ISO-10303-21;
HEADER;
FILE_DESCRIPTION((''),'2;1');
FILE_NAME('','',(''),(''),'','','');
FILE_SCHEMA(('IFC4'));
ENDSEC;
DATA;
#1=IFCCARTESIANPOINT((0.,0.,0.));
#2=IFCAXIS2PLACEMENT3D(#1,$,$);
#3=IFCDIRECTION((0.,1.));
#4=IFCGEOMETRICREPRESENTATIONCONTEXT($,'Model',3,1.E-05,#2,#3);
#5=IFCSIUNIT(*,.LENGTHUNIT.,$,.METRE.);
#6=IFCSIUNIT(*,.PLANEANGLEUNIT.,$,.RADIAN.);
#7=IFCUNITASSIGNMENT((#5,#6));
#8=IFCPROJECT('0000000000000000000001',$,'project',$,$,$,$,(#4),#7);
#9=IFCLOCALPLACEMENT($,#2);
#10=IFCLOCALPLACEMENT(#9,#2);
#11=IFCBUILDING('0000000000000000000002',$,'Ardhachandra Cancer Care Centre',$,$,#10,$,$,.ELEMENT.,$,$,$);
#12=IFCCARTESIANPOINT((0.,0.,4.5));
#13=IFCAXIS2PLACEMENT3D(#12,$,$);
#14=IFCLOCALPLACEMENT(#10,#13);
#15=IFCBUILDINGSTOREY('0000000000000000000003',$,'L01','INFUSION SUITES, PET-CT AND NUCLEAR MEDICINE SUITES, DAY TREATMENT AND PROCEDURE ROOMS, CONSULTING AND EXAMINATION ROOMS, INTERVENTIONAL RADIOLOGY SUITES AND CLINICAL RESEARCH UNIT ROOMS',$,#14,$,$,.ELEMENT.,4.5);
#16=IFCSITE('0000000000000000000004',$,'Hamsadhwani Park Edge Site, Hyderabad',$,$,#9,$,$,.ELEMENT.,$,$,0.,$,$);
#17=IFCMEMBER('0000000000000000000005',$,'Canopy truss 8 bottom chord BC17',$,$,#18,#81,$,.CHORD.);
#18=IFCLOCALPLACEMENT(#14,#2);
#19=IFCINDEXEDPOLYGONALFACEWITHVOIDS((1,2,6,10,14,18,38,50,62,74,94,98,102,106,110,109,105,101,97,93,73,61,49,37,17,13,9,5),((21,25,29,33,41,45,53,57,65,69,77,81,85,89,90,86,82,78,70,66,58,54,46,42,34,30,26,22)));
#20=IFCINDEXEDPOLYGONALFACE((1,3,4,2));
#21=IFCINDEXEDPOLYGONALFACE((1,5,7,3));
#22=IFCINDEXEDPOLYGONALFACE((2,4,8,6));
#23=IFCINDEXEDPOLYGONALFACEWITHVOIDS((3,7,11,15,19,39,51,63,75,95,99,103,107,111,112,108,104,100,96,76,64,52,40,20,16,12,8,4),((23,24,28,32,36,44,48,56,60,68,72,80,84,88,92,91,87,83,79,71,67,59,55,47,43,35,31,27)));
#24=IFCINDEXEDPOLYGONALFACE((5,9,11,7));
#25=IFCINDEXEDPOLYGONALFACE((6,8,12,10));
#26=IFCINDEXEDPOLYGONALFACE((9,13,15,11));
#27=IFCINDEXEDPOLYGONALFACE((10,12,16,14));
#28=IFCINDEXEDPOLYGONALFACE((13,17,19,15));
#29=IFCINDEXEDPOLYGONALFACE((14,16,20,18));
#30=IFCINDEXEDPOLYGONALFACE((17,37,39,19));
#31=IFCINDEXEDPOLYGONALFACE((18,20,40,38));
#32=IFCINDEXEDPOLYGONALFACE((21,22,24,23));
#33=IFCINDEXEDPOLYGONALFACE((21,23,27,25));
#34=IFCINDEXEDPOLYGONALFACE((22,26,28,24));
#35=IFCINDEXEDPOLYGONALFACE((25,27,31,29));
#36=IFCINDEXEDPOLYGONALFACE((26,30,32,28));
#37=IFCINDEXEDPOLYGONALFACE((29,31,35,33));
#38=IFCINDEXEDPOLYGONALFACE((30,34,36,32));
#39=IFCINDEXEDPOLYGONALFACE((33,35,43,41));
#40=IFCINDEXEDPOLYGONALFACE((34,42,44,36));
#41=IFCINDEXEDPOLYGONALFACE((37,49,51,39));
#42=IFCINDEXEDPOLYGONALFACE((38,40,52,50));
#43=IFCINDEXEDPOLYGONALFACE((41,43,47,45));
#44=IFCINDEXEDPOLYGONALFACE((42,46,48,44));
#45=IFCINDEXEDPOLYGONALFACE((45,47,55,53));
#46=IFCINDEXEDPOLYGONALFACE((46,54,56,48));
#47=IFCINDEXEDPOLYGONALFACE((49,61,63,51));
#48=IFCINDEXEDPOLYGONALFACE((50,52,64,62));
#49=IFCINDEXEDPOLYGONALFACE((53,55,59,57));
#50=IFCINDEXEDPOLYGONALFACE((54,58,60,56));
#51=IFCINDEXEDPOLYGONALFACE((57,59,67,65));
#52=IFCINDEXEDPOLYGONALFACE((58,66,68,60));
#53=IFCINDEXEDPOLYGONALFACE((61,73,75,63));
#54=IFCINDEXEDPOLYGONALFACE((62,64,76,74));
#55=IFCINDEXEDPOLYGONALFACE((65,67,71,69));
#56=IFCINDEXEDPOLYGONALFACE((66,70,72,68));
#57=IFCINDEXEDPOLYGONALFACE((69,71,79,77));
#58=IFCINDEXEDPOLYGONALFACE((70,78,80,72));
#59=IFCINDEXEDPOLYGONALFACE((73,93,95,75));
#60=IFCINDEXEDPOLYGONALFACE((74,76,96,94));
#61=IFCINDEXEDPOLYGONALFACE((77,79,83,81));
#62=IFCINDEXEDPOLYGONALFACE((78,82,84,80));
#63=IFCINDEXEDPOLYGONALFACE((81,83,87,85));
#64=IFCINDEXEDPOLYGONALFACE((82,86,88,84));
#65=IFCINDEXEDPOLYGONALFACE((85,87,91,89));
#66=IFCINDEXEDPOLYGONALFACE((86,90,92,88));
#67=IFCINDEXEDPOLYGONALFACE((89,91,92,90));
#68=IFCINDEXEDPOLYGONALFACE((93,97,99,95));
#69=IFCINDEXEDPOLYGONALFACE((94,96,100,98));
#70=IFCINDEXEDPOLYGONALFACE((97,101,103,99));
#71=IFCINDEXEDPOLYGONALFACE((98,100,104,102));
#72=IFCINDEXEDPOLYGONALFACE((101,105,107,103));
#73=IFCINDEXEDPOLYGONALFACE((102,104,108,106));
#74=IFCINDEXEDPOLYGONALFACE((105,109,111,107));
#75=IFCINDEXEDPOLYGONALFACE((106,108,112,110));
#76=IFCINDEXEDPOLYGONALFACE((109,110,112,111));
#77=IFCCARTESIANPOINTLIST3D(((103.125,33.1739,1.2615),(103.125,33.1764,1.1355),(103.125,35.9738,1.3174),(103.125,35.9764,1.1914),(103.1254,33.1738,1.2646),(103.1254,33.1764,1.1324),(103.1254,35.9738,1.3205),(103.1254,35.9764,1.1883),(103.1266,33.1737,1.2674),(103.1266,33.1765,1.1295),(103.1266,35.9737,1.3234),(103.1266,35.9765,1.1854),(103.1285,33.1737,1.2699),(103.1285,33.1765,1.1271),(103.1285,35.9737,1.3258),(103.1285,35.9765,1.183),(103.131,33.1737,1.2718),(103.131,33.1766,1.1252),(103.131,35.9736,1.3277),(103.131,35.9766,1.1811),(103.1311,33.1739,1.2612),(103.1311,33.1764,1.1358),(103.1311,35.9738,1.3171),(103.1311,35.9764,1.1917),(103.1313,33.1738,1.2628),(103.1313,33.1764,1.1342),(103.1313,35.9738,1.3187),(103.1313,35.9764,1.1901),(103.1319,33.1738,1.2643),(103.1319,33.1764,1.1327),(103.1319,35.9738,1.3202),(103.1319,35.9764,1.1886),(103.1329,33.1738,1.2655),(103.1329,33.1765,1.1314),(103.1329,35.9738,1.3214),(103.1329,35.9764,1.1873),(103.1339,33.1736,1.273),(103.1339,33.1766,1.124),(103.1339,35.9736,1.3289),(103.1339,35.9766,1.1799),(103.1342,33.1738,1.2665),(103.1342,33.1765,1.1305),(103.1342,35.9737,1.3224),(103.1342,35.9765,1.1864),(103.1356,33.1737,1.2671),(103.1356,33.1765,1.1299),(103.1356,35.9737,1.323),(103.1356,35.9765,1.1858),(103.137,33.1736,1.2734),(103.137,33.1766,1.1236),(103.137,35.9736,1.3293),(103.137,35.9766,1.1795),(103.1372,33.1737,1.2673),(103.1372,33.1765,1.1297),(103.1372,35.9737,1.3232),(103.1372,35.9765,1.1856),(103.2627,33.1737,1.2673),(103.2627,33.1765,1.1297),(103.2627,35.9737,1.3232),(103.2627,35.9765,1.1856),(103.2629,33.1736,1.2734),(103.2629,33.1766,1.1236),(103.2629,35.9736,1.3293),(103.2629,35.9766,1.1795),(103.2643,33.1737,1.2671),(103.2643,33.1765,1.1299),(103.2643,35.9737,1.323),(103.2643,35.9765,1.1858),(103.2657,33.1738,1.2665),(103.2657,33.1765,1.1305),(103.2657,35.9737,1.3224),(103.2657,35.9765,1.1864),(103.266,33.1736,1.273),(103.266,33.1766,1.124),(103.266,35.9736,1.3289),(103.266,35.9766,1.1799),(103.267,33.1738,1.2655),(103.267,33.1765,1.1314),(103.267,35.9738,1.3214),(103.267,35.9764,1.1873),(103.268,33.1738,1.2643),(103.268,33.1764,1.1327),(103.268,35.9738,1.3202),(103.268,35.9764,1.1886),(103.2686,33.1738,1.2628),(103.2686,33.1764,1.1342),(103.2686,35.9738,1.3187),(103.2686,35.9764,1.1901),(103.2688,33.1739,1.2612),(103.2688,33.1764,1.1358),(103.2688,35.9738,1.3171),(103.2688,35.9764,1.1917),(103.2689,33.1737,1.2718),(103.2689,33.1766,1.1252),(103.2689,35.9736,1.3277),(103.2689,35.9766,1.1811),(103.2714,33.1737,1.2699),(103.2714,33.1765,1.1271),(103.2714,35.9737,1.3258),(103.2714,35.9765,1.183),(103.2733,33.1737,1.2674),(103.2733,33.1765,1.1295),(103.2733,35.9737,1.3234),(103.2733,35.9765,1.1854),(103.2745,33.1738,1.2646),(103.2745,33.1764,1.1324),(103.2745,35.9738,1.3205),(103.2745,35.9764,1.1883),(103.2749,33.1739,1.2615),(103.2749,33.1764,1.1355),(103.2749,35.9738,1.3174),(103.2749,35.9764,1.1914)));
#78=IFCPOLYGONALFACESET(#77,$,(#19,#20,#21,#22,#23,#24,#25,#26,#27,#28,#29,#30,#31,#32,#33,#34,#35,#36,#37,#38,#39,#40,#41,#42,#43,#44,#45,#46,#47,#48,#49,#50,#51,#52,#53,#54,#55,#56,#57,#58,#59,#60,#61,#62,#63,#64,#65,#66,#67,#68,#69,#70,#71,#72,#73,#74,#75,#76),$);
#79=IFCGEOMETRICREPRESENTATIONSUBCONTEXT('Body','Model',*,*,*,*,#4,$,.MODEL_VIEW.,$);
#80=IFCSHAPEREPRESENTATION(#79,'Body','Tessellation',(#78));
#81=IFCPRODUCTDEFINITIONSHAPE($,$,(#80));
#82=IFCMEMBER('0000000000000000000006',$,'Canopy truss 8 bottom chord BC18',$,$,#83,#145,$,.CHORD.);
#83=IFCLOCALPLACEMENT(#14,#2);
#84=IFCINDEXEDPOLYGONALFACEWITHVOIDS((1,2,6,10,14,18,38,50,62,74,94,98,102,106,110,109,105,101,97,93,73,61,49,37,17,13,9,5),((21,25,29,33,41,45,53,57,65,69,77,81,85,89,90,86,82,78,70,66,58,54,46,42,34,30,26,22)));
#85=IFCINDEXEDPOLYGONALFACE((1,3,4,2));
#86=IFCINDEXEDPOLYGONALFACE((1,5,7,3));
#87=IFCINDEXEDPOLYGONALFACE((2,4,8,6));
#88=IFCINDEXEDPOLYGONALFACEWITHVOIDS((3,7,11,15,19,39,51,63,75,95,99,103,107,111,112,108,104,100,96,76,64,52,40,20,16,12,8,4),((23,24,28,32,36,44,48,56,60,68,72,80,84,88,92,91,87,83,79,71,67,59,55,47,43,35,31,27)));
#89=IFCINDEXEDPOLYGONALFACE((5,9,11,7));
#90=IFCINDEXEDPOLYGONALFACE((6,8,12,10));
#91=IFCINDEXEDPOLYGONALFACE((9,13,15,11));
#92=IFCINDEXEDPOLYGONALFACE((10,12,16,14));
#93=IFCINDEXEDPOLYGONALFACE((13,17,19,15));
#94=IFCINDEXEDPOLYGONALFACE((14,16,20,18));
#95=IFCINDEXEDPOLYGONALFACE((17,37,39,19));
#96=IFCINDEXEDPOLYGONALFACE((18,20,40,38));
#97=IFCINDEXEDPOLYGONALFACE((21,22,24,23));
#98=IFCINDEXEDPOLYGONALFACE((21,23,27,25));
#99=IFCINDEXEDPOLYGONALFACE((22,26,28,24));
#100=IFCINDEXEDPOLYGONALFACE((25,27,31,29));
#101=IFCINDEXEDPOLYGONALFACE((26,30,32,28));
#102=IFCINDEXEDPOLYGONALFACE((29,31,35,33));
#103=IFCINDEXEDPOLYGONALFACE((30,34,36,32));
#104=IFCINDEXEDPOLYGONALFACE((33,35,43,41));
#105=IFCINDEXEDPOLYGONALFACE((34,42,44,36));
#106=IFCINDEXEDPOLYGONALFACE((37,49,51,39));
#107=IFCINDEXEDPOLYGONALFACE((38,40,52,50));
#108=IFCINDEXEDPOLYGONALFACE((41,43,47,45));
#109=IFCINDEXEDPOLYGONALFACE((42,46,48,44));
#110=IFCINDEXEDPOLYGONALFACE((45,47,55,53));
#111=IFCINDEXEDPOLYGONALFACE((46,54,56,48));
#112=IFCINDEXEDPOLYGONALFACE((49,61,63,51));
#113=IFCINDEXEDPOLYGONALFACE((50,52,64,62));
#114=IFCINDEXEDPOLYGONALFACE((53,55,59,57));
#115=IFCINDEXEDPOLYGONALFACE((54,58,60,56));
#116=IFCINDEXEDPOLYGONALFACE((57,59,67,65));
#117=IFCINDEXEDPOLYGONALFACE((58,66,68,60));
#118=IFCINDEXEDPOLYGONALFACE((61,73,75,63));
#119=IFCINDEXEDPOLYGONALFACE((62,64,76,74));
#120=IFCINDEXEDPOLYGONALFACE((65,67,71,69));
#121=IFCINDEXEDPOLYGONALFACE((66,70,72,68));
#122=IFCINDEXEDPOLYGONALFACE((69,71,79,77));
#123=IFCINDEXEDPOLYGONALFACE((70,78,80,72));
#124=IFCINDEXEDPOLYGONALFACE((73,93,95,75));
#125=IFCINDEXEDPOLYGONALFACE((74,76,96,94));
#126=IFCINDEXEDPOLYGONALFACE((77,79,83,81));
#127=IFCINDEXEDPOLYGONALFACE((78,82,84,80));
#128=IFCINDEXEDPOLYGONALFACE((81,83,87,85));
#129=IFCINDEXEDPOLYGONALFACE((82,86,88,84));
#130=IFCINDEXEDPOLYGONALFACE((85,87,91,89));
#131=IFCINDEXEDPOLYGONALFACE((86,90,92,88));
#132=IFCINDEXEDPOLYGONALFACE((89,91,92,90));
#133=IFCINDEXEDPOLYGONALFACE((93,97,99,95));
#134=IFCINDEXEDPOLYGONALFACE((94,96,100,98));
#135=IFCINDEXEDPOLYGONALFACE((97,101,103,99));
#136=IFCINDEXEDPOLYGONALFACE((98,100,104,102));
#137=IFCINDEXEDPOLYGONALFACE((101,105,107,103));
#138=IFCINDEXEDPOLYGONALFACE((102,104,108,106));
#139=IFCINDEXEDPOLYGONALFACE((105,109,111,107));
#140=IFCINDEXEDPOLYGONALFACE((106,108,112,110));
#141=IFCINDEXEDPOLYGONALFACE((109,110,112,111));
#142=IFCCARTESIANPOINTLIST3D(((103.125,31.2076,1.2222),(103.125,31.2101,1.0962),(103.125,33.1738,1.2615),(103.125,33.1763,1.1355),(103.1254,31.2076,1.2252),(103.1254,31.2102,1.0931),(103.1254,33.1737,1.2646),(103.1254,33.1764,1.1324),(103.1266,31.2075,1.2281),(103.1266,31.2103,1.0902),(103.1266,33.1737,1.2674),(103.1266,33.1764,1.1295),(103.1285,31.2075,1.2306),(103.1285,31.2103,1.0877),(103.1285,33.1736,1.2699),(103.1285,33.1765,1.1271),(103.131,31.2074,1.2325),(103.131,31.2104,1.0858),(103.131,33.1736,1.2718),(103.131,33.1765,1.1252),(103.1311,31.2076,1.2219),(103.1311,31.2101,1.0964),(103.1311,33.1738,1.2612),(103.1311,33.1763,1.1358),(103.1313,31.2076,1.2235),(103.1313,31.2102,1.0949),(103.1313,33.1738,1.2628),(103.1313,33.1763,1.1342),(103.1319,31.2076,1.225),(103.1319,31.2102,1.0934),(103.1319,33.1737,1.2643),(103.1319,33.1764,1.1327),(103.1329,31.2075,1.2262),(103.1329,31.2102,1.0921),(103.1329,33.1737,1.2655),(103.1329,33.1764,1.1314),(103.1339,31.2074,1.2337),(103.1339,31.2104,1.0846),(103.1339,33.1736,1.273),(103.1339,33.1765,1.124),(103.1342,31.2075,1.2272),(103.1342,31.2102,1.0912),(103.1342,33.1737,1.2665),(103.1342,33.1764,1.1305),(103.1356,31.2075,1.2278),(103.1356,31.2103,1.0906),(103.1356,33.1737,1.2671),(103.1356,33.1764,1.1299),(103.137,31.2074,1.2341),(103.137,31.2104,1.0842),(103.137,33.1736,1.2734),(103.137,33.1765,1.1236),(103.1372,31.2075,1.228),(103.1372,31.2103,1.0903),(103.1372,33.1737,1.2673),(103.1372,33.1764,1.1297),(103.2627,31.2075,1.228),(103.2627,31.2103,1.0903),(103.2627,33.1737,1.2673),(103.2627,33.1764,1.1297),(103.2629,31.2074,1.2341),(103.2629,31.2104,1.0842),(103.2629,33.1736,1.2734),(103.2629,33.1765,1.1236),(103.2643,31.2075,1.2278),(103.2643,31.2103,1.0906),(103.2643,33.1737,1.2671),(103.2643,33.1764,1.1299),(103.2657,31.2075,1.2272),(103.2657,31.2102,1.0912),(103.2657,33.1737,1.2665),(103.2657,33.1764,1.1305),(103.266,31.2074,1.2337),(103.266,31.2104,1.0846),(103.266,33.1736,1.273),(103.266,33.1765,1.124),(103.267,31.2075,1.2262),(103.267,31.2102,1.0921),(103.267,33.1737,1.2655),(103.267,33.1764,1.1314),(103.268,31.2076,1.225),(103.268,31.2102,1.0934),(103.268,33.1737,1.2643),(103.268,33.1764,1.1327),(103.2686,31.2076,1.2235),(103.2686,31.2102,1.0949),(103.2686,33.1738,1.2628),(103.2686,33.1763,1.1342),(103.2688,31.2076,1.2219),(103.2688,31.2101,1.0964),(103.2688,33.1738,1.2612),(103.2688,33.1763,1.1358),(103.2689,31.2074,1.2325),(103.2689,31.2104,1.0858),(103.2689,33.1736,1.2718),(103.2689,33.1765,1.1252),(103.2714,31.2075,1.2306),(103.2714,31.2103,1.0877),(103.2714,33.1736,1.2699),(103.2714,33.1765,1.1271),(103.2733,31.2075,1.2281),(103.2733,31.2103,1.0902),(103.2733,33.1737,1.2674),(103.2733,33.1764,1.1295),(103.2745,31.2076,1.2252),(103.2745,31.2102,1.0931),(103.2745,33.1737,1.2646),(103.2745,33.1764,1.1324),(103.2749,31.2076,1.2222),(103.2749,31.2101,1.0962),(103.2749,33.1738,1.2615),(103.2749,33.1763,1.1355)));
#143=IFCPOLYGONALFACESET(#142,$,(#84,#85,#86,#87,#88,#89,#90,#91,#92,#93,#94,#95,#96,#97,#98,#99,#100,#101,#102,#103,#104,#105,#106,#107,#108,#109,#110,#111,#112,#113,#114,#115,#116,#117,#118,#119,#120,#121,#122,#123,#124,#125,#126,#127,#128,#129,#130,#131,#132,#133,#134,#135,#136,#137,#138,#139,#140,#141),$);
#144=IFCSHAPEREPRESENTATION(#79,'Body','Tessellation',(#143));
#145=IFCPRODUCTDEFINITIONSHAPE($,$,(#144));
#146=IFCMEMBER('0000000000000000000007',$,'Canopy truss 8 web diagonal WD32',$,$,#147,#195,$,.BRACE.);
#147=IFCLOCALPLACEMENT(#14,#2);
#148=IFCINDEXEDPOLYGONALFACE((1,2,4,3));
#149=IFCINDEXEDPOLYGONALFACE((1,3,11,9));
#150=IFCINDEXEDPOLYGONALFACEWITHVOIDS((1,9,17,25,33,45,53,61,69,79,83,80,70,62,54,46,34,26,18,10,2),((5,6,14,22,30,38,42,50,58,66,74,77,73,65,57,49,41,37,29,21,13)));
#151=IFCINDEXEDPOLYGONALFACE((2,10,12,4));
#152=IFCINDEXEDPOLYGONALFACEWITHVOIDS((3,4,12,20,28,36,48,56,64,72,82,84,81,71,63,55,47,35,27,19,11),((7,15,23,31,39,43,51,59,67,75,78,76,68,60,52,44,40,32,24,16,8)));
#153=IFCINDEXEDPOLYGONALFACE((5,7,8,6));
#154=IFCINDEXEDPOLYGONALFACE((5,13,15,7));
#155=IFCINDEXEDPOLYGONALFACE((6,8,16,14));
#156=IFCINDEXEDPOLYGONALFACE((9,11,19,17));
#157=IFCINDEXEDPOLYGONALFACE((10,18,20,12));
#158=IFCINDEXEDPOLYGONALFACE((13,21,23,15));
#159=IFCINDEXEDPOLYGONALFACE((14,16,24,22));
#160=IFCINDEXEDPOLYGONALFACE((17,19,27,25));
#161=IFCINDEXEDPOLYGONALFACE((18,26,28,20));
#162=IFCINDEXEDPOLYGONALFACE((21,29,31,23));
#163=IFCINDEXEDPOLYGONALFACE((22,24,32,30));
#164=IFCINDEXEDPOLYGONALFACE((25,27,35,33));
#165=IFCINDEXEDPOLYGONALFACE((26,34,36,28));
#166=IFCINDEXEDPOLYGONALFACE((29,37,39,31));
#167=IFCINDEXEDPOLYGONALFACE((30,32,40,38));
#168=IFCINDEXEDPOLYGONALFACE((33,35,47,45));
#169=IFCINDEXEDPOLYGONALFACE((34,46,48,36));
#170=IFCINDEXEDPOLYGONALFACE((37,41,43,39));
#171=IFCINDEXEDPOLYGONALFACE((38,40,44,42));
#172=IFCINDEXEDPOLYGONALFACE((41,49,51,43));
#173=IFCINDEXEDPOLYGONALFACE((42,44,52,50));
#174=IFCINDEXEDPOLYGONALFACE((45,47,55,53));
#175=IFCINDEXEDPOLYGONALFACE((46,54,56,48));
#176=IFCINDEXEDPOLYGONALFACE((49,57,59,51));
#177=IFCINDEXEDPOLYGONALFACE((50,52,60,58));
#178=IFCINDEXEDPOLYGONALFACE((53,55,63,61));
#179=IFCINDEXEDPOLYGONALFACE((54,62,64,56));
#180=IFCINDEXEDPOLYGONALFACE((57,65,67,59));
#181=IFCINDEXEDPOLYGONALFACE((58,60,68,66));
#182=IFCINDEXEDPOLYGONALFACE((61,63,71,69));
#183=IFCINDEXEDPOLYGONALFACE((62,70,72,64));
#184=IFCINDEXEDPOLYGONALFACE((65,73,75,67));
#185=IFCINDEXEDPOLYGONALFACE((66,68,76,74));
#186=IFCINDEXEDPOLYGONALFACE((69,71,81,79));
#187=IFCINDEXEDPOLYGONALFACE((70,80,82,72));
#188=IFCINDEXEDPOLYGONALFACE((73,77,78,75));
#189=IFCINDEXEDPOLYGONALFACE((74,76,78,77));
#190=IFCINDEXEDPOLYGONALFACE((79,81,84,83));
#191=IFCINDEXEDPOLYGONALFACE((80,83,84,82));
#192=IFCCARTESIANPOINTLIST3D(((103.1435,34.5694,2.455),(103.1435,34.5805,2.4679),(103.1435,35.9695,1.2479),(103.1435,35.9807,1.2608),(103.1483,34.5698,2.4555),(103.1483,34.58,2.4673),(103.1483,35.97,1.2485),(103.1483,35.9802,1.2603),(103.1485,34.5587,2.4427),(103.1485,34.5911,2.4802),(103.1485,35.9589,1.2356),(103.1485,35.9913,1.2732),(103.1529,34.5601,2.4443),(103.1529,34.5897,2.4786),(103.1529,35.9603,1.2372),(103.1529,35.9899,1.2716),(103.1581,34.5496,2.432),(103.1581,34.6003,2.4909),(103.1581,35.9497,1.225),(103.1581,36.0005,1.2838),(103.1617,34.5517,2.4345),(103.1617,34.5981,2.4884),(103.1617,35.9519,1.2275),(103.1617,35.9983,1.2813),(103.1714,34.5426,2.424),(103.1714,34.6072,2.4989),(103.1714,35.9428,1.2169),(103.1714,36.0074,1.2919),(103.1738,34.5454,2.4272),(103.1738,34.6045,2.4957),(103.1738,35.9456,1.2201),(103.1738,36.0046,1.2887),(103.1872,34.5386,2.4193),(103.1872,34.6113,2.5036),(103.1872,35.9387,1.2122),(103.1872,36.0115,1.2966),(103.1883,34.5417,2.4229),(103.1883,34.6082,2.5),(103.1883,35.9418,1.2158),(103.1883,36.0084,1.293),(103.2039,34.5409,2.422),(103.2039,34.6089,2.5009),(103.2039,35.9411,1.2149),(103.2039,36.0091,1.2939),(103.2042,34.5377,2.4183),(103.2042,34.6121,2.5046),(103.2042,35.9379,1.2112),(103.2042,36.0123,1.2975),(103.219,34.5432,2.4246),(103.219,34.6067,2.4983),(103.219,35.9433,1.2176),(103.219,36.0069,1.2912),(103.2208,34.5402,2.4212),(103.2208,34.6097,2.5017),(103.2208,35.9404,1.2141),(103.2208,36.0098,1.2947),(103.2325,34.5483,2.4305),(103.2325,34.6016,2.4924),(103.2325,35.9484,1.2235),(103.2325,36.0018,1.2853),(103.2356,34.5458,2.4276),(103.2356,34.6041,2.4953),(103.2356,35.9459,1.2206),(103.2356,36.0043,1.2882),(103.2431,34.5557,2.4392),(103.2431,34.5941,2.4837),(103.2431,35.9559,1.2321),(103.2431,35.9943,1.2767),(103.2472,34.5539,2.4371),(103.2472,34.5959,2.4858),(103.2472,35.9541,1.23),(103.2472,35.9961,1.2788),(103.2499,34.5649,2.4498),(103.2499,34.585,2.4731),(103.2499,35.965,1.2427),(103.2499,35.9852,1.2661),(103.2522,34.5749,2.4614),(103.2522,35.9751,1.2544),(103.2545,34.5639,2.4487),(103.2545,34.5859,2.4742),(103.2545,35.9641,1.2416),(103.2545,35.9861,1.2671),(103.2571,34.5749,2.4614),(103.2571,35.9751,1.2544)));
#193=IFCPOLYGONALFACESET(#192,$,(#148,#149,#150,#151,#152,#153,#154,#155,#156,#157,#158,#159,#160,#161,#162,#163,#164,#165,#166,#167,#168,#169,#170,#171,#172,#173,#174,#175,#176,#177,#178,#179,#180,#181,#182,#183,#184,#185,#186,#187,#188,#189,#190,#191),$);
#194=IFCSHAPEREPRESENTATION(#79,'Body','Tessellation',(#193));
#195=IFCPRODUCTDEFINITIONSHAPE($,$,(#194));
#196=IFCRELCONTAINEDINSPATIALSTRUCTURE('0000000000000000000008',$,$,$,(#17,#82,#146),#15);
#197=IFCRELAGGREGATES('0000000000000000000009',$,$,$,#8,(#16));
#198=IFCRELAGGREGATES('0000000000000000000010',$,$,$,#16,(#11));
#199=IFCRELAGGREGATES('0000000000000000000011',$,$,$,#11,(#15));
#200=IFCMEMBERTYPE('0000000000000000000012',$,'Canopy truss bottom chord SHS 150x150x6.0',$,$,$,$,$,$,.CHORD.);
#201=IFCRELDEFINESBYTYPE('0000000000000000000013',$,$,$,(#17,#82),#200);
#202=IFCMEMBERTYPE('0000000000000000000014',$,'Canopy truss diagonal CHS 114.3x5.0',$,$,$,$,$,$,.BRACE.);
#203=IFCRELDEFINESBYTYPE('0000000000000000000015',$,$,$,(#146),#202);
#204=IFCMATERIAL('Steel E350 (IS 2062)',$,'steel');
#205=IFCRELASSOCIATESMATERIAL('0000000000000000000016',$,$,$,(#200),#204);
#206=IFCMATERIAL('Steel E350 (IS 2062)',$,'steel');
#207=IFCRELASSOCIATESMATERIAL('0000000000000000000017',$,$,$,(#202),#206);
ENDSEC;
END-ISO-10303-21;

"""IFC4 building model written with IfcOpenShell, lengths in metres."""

from ifc_helpers import new_model, si_unit, direction, frame, origin, origin_2d, place, context, subcontext, project, spatial, hollow_rectangle, hollow_circle, extrude, material, material_profile, profile_set, type_object, element, save


model = new_model("IFC4")

# Units and contexts
model_context = context("Model", 3, precision=1e-05, world=origin(), true_north=direction((0.0, 1.0)))
body_context = subcontext(model_context, "Body", "Model", "MODEL_VIEW")
ifc_project = project(units=[si_unit("LENGTHUNIT", "METRE"), si_unit("PLANEANGLEUNIT", "RADIAN")], contexts=[model_context])

# Site, building, storey
site_placement = place(None, origin())
site = spatial("IfcSite", under=ifc_project, at=site_placement, Name="Hamsadhwani Park Edge Site, Hyderabad", CompositionType="ELEMENT", RefElevation=0.0)
building_placement = place(site_placement, origin())
building = spatial("IfcBuilding", under=site, at=building_placement, Name="Ardhachandra Cancer Care Centre", CompositionType="ELEMENT")
storey_placement = place(building_placement, frame((0.0, 0.0, 4.5)))
storey = spatial("IfcBuildingStorey", under=building, at=storey_placement, Name="L01", Description="INFUSION SUITES, PET-CT AND NUCLEAR MEDICINE SUITES, DAY TREATMENT AND PROCEDURE ROOMS, CONSULTING AND EXAMINATION ROOMS, INTERVENTIONAL RADIOLOGY SUITES AND CLINICAL RESEARCH UNIT ROOMS", CompositionType="ELEMENT", Elevation=4.5)

# Members
ifc_material_1 = material(Name="Steel E350 (IS 2062)", Category="steel")
ifc_material_profile_1 = material_profile(ifc_material_1, hollow_rectangle(XDim=0.1499, YDim=0.1499, WallThickness=0.0061, InnerFilletRadius=0.0061, OuterFilletRadius=0.012, at=origin_2d()), Name="SHS 150x150x6.0")
ifc_profile_set_1 = profile_set([ifc_material_profile_1], Name="Steel E350 (IS 2062)")
member_type_1 = type_object("IfcMemberType", Name="Canopy truss bottom chord SHS 150x150x6.0", PredefinedType="CHORD", material=ifc_profile_set_1)
member_1_placement = place(storey_placement, frame((103.2, 35.9751, 1.2544), z_axis=(0.0, -0.999801, -0.019963), x_axis=(1.0, 0.0, 0.0)))
element("IfcMember", 1, at=member_1_placement, inside=storey, type_object=member_type_1, Name="Canopy truss 8 bottom chord BC17", PredefinedType="CHORD", context=body_context, shape_type="SweptSolid", body=[
    extrude(hollow_rectangle(XDim=0.1499, YDim=0.1499, WallThickness=0.0061, InnerFilletRadius=0.0061, OuterFilletRadius=0.012, at=origin_2d()), origin(), (0.0, 0.0, 1.0), 2.8005),
])
member_2_placement = place(storey_placement, frame((103.2, 33.175, 1.1985), z_axis=(0.0, -0.9998, -0.019989), x_axis=(1.0, 0.0, 0.0)))
element("IfcMember", 2, at=member_2_placement, inside=storey, type_object=member_type_1, Name="Canopy truss 8 bottom chord BC18", PredefinedType="CHORD", context=body_context, shape_type="SweptSolid", body=[
    extrude(hollow_rectangle(XDim=0.1499, YDim=0.1499, WallThickness=0.0061, InnerFilletRadius=0.0061, OuterFilletRadius=0.012, at=origin_2d()), origin(), (0.0, 0.0, 1.0), 1.9666),
])
ifc_material_2 = material(Name="Steel E350 (IS 2062)", Category="steel")
ifc_material_profile_2 = material_profile(ifc_material_2, hollow_circle(Radius=0.0571, WallThickness=0.0049, at=origin_2d()), Name="CHS 114.3x5.0")
ifc_profile_set_2 = profile_set([ifc_material_profile_2], Name="Steel E350 (IS 2062)")
member_type_2 = type_object("IfcMemberType", Name="Canopy truss diagonal CHS 114.3x5.0", PredefinedType="BRACE", material=ifc_profile_set_2)
member_3_placement = place(storey_placement, frame((103.2, 35.9751, 1.2544), z_axis=(0.0, -0.757408, 0.652942), x_axis=(1.0, 0.0, 0.0)))
element("IfcMember", 3, at=member_3_placement, inside=storey, type_object=member_type_2, Name="Canopy truss 8 web diagonal WD32", PredefinedType="BRACE", context=body_context, shape_type="SweptSolid", body=[
    extrude(hollow_circle(Radius=0.0571, WallThickness=0.0049, at=origin_2d()), origin(), (0.0, 0.0, 1.0), 1.8486),
])

save(model, "model.ifc")
